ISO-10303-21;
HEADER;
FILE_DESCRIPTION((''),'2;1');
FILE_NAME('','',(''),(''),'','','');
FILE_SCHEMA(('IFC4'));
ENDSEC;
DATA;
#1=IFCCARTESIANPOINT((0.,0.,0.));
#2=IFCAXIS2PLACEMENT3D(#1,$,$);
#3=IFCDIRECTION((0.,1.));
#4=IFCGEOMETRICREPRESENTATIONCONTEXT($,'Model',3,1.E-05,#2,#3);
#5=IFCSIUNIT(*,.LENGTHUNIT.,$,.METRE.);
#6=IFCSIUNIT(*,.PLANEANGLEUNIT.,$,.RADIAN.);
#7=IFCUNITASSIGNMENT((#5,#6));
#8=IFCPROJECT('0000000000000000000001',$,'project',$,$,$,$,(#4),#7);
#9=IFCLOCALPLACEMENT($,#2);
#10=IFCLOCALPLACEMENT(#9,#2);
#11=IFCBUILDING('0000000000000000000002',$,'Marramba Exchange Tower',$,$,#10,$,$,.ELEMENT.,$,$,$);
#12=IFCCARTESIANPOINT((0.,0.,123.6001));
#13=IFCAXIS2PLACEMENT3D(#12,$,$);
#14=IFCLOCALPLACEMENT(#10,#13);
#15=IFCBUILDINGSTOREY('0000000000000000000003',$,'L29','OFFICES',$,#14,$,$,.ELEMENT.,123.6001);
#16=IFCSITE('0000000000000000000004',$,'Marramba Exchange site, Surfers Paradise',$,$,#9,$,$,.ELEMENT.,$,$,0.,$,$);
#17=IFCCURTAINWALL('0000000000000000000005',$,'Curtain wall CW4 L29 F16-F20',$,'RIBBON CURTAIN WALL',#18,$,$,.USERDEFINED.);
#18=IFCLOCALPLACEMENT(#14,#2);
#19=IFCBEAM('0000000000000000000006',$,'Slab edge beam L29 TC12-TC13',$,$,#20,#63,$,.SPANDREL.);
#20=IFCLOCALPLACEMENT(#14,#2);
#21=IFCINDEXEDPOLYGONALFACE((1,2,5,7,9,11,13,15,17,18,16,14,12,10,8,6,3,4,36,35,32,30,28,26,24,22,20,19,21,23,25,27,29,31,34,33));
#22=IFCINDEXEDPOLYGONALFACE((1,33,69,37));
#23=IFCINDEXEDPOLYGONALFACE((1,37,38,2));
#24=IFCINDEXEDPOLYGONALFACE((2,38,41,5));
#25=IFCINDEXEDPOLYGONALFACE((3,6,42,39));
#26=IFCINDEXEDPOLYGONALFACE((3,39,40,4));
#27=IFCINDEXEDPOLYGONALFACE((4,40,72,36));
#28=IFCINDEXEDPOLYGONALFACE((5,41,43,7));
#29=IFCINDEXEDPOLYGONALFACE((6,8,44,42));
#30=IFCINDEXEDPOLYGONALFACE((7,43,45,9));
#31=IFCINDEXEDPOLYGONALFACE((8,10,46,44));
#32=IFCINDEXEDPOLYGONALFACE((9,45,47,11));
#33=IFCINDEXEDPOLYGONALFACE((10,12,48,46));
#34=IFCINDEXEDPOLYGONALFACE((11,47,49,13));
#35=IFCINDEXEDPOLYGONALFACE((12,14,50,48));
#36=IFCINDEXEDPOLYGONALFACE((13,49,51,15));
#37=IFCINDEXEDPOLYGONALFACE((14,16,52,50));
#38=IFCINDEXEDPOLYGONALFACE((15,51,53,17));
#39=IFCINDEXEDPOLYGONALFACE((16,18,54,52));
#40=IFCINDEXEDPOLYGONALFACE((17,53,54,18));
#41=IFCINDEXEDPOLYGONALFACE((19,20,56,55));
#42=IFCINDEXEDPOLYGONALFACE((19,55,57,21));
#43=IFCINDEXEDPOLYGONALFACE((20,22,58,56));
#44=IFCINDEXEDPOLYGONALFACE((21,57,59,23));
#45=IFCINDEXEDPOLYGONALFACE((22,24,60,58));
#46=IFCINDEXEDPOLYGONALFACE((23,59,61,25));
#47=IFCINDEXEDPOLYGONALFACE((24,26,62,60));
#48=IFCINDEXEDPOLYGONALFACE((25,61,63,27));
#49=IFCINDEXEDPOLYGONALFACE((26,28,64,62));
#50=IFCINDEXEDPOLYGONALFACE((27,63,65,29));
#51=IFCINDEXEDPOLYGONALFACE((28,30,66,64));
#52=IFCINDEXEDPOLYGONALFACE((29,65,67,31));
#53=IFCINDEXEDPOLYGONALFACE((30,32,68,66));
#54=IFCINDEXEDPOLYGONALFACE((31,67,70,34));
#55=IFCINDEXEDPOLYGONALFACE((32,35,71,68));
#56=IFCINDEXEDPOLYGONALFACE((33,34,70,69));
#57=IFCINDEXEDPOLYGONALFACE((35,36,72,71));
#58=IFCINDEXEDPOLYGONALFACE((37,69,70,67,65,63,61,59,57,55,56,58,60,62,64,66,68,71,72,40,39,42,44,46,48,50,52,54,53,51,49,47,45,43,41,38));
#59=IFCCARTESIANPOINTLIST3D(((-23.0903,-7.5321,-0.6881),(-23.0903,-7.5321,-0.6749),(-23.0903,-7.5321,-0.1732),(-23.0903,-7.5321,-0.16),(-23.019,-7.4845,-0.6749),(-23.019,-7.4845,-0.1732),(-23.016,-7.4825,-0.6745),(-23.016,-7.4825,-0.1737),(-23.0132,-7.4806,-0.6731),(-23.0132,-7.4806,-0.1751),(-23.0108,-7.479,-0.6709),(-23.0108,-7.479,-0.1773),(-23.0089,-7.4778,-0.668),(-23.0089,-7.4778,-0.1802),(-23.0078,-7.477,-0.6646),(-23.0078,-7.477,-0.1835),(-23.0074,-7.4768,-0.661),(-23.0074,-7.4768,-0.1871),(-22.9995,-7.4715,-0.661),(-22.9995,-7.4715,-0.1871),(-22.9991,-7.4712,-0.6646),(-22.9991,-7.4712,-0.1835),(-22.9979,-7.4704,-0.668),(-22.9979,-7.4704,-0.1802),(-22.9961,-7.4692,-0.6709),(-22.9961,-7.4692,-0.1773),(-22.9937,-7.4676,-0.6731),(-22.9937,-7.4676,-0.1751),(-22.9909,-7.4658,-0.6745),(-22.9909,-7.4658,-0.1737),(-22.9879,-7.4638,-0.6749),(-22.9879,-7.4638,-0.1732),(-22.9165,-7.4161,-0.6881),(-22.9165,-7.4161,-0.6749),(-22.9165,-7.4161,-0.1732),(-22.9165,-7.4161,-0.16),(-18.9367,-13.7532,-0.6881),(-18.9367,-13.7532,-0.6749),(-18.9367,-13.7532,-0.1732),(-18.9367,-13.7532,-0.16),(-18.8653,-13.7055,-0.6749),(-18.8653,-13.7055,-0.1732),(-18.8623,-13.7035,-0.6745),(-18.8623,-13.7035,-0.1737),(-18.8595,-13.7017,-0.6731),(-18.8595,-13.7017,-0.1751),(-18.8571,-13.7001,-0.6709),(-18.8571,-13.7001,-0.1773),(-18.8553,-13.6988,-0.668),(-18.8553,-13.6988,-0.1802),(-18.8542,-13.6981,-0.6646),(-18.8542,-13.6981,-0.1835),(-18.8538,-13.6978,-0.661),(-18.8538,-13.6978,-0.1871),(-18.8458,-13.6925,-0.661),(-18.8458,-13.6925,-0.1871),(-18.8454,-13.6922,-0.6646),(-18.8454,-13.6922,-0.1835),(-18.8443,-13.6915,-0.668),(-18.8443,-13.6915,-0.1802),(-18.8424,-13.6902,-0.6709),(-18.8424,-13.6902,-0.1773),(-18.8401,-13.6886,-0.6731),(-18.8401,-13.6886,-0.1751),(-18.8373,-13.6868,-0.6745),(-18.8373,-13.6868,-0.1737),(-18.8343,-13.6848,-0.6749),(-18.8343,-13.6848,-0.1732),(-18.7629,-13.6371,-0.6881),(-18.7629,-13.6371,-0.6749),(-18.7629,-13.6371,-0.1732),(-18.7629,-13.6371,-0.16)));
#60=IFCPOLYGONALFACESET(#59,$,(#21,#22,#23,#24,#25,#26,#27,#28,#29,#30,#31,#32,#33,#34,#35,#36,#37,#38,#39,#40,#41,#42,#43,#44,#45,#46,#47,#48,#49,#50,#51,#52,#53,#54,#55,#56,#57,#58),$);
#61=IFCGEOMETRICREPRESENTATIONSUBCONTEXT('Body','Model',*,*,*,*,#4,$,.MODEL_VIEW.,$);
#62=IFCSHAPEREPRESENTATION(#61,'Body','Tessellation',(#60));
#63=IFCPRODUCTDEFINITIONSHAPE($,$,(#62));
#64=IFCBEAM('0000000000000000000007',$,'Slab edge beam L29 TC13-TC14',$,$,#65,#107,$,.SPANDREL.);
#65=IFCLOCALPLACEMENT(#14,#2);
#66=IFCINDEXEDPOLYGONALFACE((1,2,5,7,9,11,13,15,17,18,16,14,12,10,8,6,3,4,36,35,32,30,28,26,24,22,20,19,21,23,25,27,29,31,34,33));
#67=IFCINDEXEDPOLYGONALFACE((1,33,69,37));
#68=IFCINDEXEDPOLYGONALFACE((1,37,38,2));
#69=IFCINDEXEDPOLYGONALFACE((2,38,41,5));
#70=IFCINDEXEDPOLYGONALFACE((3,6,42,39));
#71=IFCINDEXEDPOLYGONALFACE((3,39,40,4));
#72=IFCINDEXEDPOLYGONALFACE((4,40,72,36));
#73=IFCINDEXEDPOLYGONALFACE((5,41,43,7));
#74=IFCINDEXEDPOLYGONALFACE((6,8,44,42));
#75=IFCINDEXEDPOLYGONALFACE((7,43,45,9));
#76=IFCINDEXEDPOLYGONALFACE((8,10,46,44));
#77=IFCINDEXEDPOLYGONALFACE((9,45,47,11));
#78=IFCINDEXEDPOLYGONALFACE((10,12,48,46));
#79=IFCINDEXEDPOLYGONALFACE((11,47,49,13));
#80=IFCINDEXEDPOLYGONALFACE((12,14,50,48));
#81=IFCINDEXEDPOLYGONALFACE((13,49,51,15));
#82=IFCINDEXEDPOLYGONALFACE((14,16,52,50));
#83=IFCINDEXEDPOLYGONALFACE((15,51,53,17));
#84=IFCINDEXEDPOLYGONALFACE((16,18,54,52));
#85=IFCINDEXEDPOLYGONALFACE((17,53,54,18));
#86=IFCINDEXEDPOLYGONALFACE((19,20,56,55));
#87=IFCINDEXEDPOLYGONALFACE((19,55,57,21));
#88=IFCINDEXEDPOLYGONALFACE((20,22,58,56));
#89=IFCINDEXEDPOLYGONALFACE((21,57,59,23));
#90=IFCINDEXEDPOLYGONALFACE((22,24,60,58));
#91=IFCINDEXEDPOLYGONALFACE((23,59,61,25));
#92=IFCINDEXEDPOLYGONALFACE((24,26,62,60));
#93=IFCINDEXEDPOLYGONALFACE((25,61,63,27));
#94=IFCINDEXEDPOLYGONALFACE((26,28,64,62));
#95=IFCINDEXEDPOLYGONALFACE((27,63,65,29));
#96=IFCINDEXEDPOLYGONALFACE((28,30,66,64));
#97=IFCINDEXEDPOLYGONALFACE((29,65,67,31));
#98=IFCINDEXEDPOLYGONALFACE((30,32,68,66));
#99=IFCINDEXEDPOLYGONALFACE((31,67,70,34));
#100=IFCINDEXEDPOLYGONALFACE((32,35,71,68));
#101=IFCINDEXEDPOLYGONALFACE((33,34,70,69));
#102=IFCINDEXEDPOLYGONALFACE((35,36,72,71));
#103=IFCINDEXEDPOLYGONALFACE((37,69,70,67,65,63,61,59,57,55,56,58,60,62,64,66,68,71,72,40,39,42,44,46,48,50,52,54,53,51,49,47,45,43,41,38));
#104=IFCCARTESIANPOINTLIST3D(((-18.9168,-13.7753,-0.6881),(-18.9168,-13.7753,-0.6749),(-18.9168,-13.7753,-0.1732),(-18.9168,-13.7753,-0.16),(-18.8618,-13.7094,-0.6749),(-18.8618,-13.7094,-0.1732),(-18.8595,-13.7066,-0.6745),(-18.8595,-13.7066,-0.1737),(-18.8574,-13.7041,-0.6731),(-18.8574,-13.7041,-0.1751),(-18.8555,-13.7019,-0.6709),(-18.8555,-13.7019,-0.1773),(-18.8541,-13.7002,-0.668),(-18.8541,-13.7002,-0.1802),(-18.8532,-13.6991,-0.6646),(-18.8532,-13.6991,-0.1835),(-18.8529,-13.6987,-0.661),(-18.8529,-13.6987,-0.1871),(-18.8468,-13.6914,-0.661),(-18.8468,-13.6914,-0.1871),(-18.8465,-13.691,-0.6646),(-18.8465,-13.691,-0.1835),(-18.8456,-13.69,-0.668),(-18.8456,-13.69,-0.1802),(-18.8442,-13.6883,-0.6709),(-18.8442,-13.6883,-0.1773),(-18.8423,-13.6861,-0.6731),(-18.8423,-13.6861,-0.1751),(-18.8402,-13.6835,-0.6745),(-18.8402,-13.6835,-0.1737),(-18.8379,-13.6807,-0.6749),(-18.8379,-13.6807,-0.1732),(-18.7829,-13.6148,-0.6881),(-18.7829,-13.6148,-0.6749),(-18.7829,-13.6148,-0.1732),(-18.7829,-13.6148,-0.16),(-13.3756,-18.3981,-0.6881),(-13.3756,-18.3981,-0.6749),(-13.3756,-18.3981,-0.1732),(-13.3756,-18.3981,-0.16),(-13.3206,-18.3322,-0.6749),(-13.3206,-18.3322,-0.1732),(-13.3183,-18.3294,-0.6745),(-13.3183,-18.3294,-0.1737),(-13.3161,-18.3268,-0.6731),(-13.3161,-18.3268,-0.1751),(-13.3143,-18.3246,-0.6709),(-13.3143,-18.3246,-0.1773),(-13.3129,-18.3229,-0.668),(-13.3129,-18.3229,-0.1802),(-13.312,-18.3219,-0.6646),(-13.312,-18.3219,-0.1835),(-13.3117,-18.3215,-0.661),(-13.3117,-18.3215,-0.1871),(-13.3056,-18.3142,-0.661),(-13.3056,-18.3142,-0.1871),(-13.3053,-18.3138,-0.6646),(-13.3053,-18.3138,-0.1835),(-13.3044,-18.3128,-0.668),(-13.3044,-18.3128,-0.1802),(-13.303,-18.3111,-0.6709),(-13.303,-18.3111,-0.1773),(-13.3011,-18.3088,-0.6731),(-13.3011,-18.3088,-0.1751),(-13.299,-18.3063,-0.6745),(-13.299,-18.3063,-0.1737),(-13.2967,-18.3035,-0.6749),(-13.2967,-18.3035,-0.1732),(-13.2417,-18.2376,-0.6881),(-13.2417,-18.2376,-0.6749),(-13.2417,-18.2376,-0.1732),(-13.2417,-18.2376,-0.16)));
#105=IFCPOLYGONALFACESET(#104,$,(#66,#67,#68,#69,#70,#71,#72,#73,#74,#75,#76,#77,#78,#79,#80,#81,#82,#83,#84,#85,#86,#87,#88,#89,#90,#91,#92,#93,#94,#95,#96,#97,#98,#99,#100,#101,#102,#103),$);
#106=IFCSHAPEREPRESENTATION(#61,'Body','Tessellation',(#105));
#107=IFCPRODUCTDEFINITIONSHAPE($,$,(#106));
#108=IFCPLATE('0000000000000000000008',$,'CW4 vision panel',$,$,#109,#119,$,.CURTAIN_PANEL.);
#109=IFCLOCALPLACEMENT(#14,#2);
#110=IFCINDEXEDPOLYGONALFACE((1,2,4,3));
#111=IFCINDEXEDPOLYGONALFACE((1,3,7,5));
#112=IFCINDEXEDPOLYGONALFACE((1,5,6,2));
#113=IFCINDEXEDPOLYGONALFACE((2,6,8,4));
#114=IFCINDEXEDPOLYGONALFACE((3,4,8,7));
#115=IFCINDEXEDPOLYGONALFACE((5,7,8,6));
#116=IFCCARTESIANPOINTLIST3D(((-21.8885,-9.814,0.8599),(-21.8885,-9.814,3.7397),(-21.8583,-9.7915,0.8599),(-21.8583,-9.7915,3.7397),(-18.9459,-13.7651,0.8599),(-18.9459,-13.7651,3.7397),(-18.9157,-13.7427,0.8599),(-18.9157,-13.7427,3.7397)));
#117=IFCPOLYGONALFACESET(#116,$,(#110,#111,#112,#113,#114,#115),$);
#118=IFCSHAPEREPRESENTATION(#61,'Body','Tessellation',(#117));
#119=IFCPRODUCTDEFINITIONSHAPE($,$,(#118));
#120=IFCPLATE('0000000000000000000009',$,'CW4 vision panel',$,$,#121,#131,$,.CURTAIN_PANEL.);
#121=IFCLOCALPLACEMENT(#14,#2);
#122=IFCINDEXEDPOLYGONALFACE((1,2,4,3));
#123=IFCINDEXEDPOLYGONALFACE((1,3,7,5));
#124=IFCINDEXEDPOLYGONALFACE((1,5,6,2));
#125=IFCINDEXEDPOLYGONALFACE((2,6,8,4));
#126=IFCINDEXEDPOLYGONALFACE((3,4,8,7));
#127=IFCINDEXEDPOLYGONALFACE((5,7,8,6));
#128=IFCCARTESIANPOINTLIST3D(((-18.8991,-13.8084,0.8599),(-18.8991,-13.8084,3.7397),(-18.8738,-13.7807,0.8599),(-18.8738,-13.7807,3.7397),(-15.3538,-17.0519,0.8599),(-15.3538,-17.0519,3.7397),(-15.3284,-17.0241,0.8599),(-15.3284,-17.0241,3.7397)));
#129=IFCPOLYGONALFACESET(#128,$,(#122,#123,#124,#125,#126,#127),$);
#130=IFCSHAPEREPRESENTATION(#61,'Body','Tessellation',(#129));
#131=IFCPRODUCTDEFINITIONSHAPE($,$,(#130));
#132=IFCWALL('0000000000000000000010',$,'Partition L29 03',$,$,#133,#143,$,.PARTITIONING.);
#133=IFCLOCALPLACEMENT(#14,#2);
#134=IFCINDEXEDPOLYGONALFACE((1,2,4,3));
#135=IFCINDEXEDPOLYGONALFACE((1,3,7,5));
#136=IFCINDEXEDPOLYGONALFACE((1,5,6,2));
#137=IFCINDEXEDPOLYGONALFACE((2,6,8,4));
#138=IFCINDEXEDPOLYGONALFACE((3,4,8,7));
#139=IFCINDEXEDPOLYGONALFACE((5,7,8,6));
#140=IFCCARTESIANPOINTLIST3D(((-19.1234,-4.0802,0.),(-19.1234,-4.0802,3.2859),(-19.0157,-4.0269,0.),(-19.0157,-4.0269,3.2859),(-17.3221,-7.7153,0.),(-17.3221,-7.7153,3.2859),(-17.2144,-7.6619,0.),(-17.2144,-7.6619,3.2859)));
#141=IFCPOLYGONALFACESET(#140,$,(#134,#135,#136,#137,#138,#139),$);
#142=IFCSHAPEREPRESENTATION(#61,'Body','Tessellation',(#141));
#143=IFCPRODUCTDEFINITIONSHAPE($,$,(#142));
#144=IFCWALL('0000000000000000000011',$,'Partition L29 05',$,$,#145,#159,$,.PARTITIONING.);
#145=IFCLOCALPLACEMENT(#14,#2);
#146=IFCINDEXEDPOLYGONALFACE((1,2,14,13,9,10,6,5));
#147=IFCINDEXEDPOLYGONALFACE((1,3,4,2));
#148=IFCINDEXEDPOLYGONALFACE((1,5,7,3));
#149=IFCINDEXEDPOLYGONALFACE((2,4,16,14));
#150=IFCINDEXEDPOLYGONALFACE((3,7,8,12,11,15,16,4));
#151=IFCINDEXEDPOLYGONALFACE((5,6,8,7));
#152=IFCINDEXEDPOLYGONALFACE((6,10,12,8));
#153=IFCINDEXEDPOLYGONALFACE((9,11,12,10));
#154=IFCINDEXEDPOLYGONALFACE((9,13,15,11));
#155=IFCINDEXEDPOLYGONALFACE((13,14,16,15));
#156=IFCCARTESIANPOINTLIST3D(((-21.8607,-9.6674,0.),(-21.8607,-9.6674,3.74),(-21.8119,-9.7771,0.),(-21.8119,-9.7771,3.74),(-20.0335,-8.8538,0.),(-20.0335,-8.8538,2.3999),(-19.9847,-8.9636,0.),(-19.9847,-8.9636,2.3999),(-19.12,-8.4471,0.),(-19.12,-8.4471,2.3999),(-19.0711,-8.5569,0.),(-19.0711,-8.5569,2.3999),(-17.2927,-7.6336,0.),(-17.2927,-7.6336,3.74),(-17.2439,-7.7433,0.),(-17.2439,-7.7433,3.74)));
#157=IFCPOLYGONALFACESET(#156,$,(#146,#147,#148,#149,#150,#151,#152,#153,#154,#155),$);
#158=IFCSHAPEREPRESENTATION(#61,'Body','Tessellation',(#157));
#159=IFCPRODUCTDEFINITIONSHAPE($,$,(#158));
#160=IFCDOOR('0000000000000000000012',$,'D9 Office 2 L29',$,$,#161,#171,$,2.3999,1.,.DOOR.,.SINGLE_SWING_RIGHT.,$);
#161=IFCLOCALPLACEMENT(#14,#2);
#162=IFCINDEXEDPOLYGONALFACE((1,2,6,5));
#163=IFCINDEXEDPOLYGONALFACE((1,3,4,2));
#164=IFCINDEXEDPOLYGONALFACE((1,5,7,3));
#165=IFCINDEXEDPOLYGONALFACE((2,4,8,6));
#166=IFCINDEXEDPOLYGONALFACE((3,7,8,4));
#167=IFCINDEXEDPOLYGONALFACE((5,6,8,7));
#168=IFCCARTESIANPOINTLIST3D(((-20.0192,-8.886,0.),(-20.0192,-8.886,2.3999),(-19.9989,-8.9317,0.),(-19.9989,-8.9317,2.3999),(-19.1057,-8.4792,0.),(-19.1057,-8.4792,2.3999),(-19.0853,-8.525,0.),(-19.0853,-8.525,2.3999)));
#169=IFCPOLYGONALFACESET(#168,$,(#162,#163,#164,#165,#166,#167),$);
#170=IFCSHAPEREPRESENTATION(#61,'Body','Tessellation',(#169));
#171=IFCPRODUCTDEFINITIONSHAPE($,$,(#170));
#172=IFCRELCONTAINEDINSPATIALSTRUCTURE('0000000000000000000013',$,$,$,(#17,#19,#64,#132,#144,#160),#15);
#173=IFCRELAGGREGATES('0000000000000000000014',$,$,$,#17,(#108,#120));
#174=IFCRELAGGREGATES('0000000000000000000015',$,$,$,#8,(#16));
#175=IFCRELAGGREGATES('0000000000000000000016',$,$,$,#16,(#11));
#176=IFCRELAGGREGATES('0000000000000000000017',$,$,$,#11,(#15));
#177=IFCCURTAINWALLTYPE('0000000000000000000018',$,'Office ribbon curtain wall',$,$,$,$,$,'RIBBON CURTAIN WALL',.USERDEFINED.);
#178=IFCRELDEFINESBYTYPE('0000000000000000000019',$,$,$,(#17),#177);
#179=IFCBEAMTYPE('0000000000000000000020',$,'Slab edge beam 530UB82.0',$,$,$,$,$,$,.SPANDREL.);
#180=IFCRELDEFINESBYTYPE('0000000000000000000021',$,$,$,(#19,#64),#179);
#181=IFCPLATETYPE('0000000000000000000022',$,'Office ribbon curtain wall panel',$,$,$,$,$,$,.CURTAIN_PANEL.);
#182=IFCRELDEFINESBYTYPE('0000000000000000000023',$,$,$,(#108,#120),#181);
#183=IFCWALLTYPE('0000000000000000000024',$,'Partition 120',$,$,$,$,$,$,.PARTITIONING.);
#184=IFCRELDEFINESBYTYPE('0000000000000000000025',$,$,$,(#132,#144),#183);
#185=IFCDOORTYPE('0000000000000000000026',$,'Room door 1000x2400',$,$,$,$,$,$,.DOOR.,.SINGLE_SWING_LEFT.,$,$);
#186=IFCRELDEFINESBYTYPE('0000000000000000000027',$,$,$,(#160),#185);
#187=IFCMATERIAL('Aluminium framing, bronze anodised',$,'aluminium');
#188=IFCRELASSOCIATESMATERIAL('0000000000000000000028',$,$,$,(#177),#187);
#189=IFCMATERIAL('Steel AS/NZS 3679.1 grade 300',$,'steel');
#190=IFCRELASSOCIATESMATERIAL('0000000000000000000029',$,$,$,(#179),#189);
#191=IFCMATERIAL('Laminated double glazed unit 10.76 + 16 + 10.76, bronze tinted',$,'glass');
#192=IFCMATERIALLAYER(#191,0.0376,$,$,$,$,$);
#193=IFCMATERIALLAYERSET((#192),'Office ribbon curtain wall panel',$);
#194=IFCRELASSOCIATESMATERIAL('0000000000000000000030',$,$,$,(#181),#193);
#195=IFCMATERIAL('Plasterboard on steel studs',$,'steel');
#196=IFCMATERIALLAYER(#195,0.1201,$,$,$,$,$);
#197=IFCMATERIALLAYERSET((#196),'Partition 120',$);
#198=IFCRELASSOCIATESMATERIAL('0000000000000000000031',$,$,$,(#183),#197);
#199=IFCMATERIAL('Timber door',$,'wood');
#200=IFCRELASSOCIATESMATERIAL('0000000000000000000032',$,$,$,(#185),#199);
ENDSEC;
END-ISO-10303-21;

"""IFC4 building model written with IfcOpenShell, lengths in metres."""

from ifc_helpers import new_model, si_unit, direction, frame, frame_2d, origin, origin_2d, place, context, subcontext, project, spatial, rectangle, i_section, extrude, material, layer, layer_set, material_profile, profile_set, type_object, element, fill, aggregate, save


model = new_model("IFC4")

# Units and contexts
model_context = context("Model", 3, precision=1e-05, world=origin(), true_north=direction((0.0, 1.0)))
body_context = subcontext(model_context, "Body", "Model", "MODEL_VIEW")
ifc_project = project(units=[si_unit("LENGTHUNIT", "METRE"), si_unit("PLANEANGLEUNIT", "RADIAN")], contexts=[model_context])

# Site, building, storey
site_placement = place(None, origin())
site = spatial("IfcSite", under=ifc_project, at=site_placement, Name="Marramba Exchange site, Surfers Paradise", CompositionType="ELEMENT", RefElevation=0.0)
building_placement = place(site_placement, origin())
building = spatial("IfcBuilding", under=site, at=building_placement, Name="Marramba Exchange Tower", CompositionType="ELEMENT")
storey_placement = place(building_placement, frame((0.0, 0.0, 123.6001)))
storey = spatial("IfcBuildingStorey", under=building, at=storey_placement, Name="L29", Description="OFFICES", CompositionType="ELEMENT", Elevation=123.6001)

# Curtain wall
ifc_material_1 = material(Name="Aluminium framing, bronze anodised", Category="aluminium")
curtain_wall_type = type_object("IfcCurtainWallType", Name="Office ribbon curtain wall", ElementType="RIBBON CURTAIN WALL", PredefinedType="USERDEFINED", material=ifc_material_1)
curtain_wall_placement = place(storey_placement, origin())
curtain_wall = element("IfcCurtainWall", 1, at=curtain_wall_placement, inside=storey, type_object=curtain_wall_type, Name="Curtain wall CW4 L29 F16-F20", ObjectType="RIBBON CURTAIN WALL", PredefinedType="USERDEFINED")

# Beams
ifc_material_2 = material(Name="Steel AS/NZS 3679.1 grade 300", Category="steel")
ifc_material_profile_1 = material_profile(ifc_material_2, i_section(OverallWidth=0.209, OverallDepth=0.5281, WebThickness=0.0095, FlangeThickness=0.0132, FilletRadius=0.0139, at=origin_2d()), Name="530UB82.0")
ifc_profile_set_1 = profile_set([ifc_material_profile_1], Name="Steel AS/NZS 3679.1 grade 300")
beam_type_1 = type_object("IfcBeamType", Name="Slab edge beam 530UB82.0", PredefinedType="SPANDREL", material=ifc_profile_set_1)
beam_1_placement = place(storey_placement, frame((-23.0034, -7.4741, -0.4241), z_axis=(0.55528, -0.831663, 0.0), x_axis=(0.831663, 0.55528, 0.0)))
element("IfcBeam", 2, at=beam_1_placement, inside=storey, type_object=beam_type_1, Name="Slab edge beam L29 TC12-TC13", PredefinedType="SPANDREL", context=body_context, shape_type="SweptSolid", body=[
    extrude(i_section(OverallWidth=0.209, OverallDepth=0.5281, WebThickness=0.0095, FlangeThickness=0.0132, FilletRadius=0.0139, at=origin_2d()), origin(), (0.0, 0.0, 1.0), 7.4802),
])
beam_2_placement = place(storey_placement, frame((-18.8499, -13.6951, -0.4241), z_axis=(0.767875, -0.6406, 0.0), x_axis=(0.6406, 0.767875, 0.0)))
element("IfcBeam", 3, at=beam_2_placement, inside=storey, type_object=beam_type_1, Name="Slab edge beam L29 TC13-TC14", PredefinedType="SPANDREL", context=body_context, shape_type="SweptSolid", body=[
    extrude(i_section(OverallWidth=0.209, OverallDepth=0.5281, WebThickness=0.0095, FlangeThickness=0.0132, FilletRadius=0.0139, at=origin_2d()), origin(), (0.0, 0.0, 1.0), 7.2163),
])

# Plates
ifc_material_3 = material(Name="Laminated double glazed unit 10.76 + 16 + 10.76, bronze tinted", Category="glass")
ifc_layer_1 = layer(ifc_material_3, 0.0376)
ifc_layer_set_1 = layer_set([ifc_layer_1], Name="Office ribbon curtain wall panel")
plate_type = type_object("IfcPlateType", Name="Office ribbon curtain wall panel", PredefinedType="CURTAIN_PANEL", material=ifc_layer_set_1)
plate_1_placement = place(storey_placement, frame((-20.4021, -11.7783, 0.8599), z_axis=(0.0, 0.0, 1.0), x_axis=(0.597305, -0.802014, 0.0)))
plate_1 = element("IfcPlate", 4, at=plate_1_placement, type_object=plate_type, Name="CW4 vision panel", PredefinedType="CURTAIN_PANEL", context=body_context, shape_type="SweptSolid", body=[
    extrude(rectangle(XDim=4.9265, YDim=0.0376, at=origin_2d()), origin(), (0.0, 0.0, 1.0), 2.8799),
])
plate_2_placement = place(storey_placement, frame((-17.1138, -15.4163, 0.8599), z_axis=(0.0, 0.0, 1.0), x_axis=(0.737822, -0.674995, 0.0)))
plate_2 = element("IfcPlate", 5, at=plate_2_placement, type_object=plate_type, Name="CW4 vision panel", PredefinedType="CURTAIN_PANEL", context=body_context, shape_type="SweptSolid", body=[
    extrude(rectangle(XDim=4.8052, YDim=0.0376, at=origin_2d()), origin(), (0.0, 0.0, 1.0), 2.8799),
])
aggregate(curtain_wall, [plate_1, plate_2])

# Wall
ifc_material_4 = material(Name="Plasterboard on steel studs", Category="steel")
ifc_layer_2 = layer(ifc_material_4, 0.1201)
ifc_layer_set_2 = layer_set([ifc_layer_2], Name="Partition 120")
wall_type_1 = type_object("IfcWallType", Name="Partition 120", PredefinedType="PARTITIONING", material=ifc_layer_set_2)
wall_1_placement = place(storey_placement, frame((-17.2683, -7.6885, 0.0), z_axis=(0.0, 0.0, 1.0), x_axis=(-0.444009, 0.896022, 0.0)))
element("IfcWall", 6, at=wall_1_placement, inside=storey, type_object=wall_type_1, Name="Partition L29 03", PredefinedType="PARTITIONING", context=body_context, shape_type="SweptSolid", body=[
    extrude(rectangle(XDim=4.0569, YDim=0.1201, at=frame_2d((2.0283, 0.0))), origin(), (0.0, 0.0, 1.0), 3.2859),
])

# Wall, opening, door
wall_2_placement = place(storey_placement, frame((-21.8362, -9.7222, 0.0), z_axis=(0.0, 0.0, 1.0), x_axis=(0.91355, 0.406727, 0.0)))
wall_2 = element("IfcWall", 7, at=wall_2_placement, inside=storey, type_object=wall_type_1, Name="Partition L29 05", PredefinedType="PARTITIONING", context=body_context, shape_type="SweptSolid", body=[
    extrude(rectangle(XDim=5.0002, YDim=0.1201, at=frame_2d((2.5, 0.0))), origin(), (0.0, 0.0, 1.0), 3.74),
])
opening_1_placement = place(wall_2_placement, frame((2.0, 0.0, 0.0)))
opening_1 = element("IfcOpeningElement", 8, at=opening_1_placement, cuts=wall_2, PredefinedType="OPENING", context=body_context, shape_type="SweptSolid", body=[
    extrude(rectangle(XDim=1.0, YDim=2.3999, at=frame_2d((0.5, 1.2))), frame((0.0, 0.0701, 0.0), z_axis=(0.0, -1.0, 0.0), x_axis=(1.0, 0.0, 0.0)), (0.0, 0.0, 1.0), 0.1401),
])
ifc_material_5 = material(Name="Timber door", Category="wood")
door_type_1 = type_object("IfcDoorType", Name="Room door 1000x2400", OperationType="SINGLE_SWING_LEFT", PredefinedType="DOOR", material=ifc_material_5)
door_1_placement = place(opening_1_placement, origin())
door_1 = element("IfcDoor", 9, at=door_1_placement, inside=storey, type_object=door_type_1, Name="D9 Office 2 L29", OperationType="SINGLE_SWING_RIGHT", OverallHeight=2.3999, OverallWidth=1.0, PredefinedType="DOOR", context=body_context, shape_type="SweptSolid", body=[
    extrude(rectangle(XDim=1.0, YDim=2.3999, at=frame_2d((0.5, 1.2))), frame((0.0, 0.0249, 0.0), z_axis=(0.0, -1.0, 0.0), x_axis=(1.0, 0.0, 0.0)), (0.0, 0.0, 1.0), 0.05),
])
fill(opening_1, door_1)

save(model, "model.ifc")
